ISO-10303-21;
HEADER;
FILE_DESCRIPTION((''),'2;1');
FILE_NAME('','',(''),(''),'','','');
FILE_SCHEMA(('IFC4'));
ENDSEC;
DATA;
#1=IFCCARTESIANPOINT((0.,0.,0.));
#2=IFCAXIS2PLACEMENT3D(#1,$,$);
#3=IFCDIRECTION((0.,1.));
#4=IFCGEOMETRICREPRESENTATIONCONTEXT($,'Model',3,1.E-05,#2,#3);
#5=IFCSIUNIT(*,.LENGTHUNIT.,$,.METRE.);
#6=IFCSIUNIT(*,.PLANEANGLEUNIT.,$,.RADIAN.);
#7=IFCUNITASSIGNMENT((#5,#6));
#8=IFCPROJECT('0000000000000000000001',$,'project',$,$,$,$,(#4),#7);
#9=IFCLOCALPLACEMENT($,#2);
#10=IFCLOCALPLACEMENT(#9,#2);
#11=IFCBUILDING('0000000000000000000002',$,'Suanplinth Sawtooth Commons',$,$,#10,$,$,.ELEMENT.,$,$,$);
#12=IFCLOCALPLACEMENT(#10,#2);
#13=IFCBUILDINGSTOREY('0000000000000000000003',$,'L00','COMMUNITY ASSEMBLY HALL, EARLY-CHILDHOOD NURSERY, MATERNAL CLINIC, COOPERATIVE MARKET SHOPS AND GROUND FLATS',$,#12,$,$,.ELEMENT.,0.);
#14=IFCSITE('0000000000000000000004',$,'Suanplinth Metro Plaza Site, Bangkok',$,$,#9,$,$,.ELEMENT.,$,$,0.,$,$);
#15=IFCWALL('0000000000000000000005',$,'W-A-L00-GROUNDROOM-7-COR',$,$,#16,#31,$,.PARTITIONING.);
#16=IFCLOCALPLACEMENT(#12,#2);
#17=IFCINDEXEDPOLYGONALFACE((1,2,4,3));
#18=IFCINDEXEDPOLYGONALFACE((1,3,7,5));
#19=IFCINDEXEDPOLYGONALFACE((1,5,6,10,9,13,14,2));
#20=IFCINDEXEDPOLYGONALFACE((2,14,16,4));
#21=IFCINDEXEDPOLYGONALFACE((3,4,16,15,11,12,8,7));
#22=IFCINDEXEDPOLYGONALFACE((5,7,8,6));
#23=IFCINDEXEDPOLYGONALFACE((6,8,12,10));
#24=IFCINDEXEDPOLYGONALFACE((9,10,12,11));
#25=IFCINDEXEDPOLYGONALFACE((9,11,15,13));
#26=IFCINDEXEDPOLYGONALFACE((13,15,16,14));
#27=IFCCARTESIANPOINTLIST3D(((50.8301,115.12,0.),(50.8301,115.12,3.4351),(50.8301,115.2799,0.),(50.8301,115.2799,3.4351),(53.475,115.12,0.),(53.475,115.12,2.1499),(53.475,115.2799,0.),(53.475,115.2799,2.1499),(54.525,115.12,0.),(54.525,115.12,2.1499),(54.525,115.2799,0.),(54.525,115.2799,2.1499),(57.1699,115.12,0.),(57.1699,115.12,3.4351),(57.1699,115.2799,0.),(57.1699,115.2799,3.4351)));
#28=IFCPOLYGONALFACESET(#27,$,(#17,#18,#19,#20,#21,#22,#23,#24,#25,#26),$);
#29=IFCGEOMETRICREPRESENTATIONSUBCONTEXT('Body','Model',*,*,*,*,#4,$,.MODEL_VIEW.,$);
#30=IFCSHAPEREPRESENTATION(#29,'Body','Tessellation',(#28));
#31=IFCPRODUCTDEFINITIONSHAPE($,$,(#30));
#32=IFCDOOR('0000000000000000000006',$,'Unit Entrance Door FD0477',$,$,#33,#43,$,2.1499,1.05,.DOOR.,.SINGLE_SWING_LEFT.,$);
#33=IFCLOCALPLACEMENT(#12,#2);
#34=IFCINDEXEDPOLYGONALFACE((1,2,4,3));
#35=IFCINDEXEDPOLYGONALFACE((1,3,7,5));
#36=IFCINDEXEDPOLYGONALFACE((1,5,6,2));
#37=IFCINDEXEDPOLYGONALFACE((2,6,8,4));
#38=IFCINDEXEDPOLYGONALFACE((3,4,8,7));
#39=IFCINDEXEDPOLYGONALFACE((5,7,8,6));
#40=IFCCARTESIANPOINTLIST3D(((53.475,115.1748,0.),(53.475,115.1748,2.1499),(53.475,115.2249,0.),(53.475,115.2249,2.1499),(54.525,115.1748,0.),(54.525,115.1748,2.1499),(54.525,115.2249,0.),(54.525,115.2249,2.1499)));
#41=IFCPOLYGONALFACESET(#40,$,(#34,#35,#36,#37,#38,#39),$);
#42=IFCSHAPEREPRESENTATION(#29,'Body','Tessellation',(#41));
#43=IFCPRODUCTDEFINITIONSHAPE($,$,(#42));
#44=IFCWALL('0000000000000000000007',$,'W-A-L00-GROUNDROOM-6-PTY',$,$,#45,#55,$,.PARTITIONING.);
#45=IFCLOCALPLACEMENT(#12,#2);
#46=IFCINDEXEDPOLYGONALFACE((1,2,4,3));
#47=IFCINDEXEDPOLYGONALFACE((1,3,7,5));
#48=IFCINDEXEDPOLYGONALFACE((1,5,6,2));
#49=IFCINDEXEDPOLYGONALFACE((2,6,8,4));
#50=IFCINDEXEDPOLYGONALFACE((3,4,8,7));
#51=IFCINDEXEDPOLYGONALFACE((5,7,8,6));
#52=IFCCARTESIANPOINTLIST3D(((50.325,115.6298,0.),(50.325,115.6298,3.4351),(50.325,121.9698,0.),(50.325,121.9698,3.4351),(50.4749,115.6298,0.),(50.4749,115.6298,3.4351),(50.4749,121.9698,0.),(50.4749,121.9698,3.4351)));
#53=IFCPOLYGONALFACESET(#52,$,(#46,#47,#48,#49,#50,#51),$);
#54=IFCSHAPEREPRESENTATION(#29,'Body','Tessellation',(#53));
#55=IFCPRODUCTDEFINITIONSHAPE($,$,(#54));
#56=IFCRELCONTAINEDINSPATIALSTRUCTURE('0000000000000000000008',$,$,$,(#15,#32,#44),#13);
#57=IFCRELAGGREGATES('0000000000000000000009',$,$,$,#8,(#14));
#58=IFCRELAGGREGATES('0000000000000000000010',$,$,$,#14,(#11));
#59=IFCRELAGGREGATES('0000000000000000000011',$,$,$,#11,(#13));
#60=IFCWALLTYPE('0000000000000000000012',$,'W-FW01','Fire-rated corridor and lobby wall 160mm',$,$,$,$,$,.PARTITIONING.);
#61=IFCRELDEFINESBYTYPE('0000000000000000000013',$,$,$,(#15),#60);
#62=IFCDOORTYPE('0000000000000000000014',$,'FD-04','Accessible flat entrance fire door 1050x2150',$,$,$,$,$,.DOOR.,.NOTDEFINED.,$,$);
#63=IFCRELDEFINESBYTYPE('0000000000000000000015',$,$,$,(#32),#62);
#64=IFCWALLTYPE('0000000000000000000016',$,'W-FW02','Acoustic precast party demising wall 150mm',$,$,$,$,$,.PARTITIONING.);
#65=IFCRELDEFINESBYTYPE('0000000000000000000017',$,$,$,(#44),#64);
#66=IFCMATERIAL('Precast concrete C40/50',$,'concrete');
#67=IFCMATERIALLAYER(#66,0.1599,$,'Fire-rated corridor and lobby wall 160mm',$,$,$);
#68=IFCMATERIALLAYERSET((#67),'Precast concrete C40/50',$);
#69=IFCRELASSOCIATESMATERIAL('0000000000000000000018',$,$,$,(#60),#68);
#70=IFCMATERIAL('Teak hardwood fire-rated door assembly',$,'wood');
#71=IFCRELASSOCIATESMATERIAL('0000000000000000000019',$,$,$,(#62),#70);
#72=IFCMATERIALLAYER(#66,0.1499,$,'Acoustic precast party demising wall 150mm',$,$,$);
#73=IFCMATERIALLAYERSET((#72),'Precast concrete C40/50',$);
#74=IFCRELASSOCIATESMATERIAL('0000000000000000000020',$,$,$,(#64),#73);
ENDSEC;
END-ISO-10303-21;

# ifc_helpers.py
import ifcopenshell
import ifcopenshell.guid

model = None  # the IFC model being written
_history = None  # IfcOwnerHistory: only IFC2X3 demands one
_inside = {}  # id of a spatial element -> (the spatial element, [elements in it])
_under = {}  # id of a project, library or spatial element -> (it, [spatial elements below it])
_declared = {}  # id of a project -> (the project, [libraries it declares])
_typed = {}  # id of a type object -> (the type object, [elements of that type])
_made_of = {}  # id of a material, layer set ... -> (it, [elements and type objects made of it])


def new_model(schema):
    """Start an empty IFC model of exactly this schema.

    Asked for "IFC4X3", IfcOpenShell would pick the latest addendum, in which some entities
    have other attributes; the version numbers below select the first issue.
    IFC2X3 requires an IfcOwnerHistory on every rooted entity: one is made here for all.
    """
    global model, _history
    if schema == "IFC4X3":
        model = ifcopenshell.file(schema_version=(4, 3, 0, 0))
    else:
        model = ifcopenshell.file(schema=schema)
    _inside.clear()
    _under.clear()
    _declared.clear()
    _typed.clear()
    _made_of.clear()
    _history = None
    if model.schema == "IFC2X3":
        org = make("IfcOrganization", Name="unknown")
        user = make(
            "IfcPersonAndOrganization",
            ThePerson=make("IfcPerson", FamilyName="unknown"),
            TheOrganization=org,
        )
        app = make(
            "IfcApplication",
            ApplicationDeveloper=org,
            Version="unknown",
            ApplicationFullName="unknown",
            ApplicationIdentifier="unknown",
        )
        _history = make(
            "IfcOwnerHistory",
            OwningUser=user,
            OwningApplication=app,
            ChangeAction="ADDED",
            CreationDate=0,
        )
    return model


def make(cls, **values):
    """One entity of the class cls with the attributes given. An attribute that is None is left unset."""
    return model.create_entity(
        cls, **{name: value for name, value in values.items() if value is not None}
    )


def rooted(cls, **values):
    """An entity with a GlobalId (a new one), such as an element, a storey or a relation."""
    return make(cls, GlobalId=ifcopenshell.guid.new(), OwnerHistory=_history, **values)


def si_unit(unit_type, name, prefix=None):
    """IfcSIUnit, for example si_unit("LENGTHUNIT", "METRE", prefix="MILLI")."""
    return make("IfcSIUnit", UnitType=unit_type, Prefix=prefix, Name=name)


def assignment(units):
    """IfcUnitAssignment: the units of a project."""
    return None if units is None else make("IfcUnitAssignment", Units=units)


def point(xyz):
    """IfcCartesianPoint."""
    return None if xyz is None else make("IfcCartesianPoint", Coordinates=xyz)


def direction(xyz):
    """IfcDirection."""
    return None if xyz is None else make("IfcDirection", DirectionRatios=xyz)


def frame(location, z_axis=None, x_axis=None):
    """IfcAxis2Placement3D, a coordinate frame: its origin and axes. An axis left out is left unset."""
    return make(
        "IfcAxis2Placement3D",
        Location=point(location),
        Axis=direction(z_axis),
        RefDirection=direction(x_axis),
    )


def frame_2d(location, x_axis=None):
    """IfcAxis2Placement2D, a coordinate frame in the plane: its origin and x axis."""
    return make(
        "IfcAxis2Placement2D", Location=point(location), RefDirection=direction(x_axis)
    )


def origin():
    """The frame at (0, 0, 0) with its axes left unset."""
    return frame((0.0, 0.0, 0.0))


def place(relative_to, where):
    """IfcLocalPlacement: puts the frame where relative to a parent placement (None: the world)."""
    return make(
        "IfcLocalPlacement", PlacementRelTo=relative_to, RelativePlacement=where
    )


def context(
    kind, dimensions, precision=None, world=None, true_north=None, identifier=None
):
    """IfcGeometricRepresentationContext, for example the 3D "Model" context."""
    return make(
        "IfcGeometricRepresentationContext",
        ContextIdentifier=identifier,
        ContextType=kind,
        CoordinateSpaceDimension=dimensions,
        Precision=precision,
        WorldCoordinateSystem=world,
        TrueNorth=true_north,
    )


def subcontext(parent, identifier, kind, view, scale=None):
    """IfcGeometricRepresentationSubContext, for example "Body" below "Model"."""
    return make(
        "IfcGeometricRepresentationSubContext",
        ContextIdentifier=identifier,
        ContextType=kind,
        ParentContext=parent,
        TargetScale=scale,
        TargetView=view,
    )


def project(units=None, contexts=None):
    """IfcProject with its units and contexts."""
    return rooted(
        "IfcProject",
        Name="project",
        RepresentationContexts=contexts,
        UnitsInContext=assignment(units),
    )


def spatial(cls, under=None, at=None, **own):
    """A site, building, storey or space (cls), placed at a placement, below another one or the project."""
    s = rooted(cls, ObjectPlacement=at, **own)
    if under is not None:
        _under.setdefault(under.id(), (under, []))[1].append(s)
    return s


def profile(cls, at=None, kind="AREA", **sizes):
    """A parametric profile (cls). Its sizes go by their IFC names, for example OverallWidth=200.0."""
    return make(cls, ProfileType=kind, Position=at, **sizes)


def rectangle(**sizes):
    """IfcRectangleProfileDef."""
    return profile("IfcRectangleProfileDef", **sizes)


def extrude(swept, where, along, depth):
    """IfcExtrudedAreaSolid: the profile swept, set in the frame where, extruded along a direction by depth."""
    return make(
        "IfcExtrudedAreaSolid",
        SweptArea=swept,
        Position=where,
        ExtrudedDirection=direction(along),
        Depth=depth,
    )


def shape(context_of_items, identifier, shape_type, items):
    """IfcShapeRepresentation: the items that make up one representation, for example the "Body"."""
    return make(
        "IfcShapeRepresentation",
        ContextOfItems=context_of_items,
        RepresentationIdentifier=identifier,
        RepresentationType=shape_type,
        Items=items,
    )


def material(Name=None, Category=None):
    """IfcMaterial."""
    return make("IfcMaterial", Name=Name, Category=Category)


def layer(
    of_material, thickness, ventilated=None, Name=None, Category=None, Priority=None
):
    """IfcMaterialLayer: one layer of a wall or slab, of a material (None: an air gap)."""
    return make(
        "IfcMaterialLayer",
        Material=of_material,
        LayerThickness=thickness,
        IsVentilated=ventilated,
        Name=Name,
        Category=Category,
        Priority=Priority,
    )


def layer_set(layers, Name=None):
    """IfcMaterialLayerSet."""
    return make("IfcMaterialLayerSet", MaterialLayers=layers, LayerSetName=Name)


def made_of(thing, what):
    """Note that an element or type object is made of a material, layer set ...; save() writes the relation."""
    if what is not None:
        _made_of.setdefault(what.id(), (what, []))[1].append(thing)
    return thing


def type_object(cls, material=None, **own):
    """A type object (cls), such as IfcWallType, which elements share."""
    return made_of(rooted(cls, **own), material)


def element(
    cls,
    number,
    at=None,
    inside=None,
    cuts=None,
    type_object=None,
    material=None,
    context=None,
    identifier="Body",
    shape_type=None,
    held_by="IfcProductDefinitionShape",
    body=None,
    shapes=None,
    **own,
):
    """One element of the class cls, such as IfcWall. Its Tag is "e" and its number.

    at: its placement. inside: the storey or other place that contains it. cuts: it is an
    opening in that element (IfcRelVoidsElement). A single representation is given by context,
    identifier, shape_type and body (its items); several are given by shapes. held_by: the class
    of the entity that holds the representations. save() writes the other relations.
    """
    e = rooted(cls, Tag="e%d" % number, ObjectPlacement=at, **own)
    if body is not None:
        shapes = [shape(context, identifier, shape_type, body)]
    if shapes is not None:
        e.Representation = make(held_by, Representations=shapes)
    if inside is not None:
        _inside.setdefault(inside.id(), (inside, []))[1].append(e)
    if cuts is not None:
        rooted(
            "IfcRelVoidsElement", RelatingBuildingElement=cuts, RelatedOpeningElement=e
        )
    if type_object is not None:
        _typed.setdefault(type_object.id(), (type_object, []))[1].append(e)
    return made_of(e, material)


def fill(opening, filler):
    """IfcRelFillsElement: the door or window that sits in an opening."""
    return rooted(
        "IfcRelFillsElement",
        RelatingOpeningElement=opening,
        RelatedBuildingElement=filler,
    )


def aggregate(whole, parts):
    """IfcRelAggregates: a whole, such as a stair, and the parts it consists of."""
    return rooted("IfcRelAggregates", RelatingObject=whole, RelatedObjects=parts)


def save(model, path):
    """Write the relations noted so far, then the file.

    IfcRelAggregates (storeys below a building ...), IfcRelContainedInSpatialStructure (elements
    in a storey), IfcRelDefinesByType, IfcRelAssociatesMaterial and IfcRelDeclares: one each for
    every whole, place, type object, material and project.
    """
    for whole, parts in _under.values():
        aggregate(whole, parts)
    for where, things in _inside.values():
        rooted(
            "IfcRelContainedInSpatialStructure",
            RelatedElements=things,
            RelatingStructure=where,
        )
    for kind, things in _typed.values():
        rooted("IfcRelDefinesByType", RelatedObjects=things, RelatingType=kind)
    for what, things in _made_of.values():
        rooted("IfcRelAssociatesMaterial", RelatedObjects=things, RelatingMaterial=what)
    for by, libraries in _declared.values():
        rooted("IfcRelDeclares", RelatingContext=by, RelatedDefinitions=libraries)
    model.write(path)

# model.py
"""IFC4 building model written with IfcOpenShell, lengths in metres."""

from ifc_helpers import new_model, si_unit, direction, frame, frame_2d, origin, place, context, subcontext, project, spatial, rectangle, extrude, material, layer, layer_set, type_object, element, fill, save


model = new_model("IFC4")

# Units and contexts
model_context = context("Model", 3, precision=1e-05, world=origin(), true_north=direction((0.0, 1.0)))
body_context = subcontext(model_context, "Body", "Model", "MODEL_VIEW")
ifc_project = project(units=[si_unit("LENGTHUNIT", "METRE"), si_unit("PLANEANGLEUNIT", "RADIAN")], contexts=[model_context])

# Site, building, storey
site_placement = place(None, origin())
site = spatial("IfcSite", under=ifc_project, at=site_placement, Name="Suanplinth Metro Plaza Site, Bangkok", CompositionType="ELEMENT", RefElevation=0.0)
building_placement = place(site_placement, origin())
building = spatial("IfcBuilding", under=site, at=building_placement, Name="Suanplinth Sawtooth Commons", CompositionType="ELEMENT")
storey_placement = place(building_placement, origin())
storey = spatial("IfcBuildingStorey", under=building, at=storey_placement, Name="L00", Description="COMMUNITY ASSEMBLY HALL, EARLY-CHILDHOOD NURSERY, MATERNAL CLINIC, COOPERATIVE MARKET SHOPS AND GROUND FLATS", CompositionType="ELEMENT", Elevation=0.0)

# Shared definitions
ifc_material_1 = material(Name="Precast concrete C40/50", Category="concrete")

# Wall, opening, door
ifc_layer_1 = layer(ifc_material_1, 0.1599, Name="Fire-rated corridor and lobby wall 160mm")
ifc_layer_set_1 = layer_set([ifc_layer_1], Name="Precast concrete C40/50")
wall_type_1 = type_object("IfcWallType", Name="W-FW01", Description="Fire-rated corridor and lobby wall 160mm", PredefinedType="PARTITIONING", material=ifc_layer_set_1)
wall_1_placement = place(storey_placement, frame((50.8301, 115.2, 0.0), z_axis=(0.0, 0.0, 1.0), x_axis=(1.0, 0.0, 0.0)))
wall_1 = element("IfcWall", 1, at=wall_1_placement, inside=storey, type_object=wall_type_1, Name="W-A-L00-GROUNDROOM-7-COR", PredefinedType="PARTITIONING", context=body_context, shape_type="SweptSolid", body=[
    extrude(rectangle(XDim=6.3398, YDim=0.1599, at=frame_2d((3.1699, 0.0))), origin(), (0.0, 0.0, 1.0), 3.4351),
])
opening_1_placement = place(wall_1_placement, frame((2.645, 0.0, 0.0)))
opening_1 = element("IfcOpeningElement", 2, at=opening_1_placement, cuts=wall_1, PredefinedType="OPENING", context=body_context, shape_type="SweptSolid", body=[
    extrude(rectangle(XDim=1.05, YDim=2.1499, at=frame_2d((0.5249, 1.075))), frame((0.0, 0.0947, 0.0), z_axis=(0.0, -1.0, 0.0), x_axis=(1.0, 0.0, 0.0)), (0.0, 0.0, 1.0), 0.1897),
])
ifc_material_2 = material(Name="Teak hardwood fire-rated door assembly", Category="wood")
door_type = type_object("IfcDoorType", Name="FD-04", Description="Accessible flat entrance fire door 1050x2150", OperationType="NOTDEFINED", PredefinedType="DOOR", material=ifc_material_2)
door_placement = place(opening_1_placement, origin())
door = element("IfcDoor", 3, at=door_placement, inside=storey, type_object=door_type, Name="Unit Entrance Door FD0477", OperationType="SINGLE_SWING_LEFT", OverallHeight=2.1499, OverallWidth=1.05, PredefinedType="DOOR", context=body_context, shape_type="SweptSolid", body=[
    extrude(rectangle(XDim=1.05, YDim=2.1499, at=frame_2d((0.5249, 1.075))), frame((0.0, 0.0249, 0.0), z_axis=(0.0, -1.0, 0.0), x_axis=(1.0, 0.0, 0.0)), (0.0, 0.0, 1.0), 0.05),
])
fill(opening_1, door)

# Wall
ifc_layer_2 = layer(ifc_material_1, 0.1499, Name="Acoustic precast party demising wall 150mm")
ifc_layer_set_2 = layer_set([ifc_layer_2], Name="Precast concrete C40/50")
wall_type_2 = type_object("IfcWallType", Name="W-FW02", Description="Acoustic precast party demising wall 150mm", PredefinedType="PARTITIONING", material=ifc_layer_set_2)
wall_2_placement = place(storey_placement, frame((50.3999, 115.6299, 0.0), z_axis=(0.0, 0.0, 1.0), x_axis=(0.0, 1.0, 0.0)))
element("IfcWall", 4, at=wall_2_placement, inside=storey, type_object=wall_type_2, Name="W-A-L00-GROUNDROOM-6-PTY", PredefinedType="PARTITIONING", context=body_context, shape_type="SweptSolid", body=[
    extrude(rectangle(XDim=6.3401, YDim=0.1499, at=frame_2d((3.1699, 0.0))), origin(), (0.0, 0.0, 1.0), 3.4351),
])

save(model, "model.ifc")
